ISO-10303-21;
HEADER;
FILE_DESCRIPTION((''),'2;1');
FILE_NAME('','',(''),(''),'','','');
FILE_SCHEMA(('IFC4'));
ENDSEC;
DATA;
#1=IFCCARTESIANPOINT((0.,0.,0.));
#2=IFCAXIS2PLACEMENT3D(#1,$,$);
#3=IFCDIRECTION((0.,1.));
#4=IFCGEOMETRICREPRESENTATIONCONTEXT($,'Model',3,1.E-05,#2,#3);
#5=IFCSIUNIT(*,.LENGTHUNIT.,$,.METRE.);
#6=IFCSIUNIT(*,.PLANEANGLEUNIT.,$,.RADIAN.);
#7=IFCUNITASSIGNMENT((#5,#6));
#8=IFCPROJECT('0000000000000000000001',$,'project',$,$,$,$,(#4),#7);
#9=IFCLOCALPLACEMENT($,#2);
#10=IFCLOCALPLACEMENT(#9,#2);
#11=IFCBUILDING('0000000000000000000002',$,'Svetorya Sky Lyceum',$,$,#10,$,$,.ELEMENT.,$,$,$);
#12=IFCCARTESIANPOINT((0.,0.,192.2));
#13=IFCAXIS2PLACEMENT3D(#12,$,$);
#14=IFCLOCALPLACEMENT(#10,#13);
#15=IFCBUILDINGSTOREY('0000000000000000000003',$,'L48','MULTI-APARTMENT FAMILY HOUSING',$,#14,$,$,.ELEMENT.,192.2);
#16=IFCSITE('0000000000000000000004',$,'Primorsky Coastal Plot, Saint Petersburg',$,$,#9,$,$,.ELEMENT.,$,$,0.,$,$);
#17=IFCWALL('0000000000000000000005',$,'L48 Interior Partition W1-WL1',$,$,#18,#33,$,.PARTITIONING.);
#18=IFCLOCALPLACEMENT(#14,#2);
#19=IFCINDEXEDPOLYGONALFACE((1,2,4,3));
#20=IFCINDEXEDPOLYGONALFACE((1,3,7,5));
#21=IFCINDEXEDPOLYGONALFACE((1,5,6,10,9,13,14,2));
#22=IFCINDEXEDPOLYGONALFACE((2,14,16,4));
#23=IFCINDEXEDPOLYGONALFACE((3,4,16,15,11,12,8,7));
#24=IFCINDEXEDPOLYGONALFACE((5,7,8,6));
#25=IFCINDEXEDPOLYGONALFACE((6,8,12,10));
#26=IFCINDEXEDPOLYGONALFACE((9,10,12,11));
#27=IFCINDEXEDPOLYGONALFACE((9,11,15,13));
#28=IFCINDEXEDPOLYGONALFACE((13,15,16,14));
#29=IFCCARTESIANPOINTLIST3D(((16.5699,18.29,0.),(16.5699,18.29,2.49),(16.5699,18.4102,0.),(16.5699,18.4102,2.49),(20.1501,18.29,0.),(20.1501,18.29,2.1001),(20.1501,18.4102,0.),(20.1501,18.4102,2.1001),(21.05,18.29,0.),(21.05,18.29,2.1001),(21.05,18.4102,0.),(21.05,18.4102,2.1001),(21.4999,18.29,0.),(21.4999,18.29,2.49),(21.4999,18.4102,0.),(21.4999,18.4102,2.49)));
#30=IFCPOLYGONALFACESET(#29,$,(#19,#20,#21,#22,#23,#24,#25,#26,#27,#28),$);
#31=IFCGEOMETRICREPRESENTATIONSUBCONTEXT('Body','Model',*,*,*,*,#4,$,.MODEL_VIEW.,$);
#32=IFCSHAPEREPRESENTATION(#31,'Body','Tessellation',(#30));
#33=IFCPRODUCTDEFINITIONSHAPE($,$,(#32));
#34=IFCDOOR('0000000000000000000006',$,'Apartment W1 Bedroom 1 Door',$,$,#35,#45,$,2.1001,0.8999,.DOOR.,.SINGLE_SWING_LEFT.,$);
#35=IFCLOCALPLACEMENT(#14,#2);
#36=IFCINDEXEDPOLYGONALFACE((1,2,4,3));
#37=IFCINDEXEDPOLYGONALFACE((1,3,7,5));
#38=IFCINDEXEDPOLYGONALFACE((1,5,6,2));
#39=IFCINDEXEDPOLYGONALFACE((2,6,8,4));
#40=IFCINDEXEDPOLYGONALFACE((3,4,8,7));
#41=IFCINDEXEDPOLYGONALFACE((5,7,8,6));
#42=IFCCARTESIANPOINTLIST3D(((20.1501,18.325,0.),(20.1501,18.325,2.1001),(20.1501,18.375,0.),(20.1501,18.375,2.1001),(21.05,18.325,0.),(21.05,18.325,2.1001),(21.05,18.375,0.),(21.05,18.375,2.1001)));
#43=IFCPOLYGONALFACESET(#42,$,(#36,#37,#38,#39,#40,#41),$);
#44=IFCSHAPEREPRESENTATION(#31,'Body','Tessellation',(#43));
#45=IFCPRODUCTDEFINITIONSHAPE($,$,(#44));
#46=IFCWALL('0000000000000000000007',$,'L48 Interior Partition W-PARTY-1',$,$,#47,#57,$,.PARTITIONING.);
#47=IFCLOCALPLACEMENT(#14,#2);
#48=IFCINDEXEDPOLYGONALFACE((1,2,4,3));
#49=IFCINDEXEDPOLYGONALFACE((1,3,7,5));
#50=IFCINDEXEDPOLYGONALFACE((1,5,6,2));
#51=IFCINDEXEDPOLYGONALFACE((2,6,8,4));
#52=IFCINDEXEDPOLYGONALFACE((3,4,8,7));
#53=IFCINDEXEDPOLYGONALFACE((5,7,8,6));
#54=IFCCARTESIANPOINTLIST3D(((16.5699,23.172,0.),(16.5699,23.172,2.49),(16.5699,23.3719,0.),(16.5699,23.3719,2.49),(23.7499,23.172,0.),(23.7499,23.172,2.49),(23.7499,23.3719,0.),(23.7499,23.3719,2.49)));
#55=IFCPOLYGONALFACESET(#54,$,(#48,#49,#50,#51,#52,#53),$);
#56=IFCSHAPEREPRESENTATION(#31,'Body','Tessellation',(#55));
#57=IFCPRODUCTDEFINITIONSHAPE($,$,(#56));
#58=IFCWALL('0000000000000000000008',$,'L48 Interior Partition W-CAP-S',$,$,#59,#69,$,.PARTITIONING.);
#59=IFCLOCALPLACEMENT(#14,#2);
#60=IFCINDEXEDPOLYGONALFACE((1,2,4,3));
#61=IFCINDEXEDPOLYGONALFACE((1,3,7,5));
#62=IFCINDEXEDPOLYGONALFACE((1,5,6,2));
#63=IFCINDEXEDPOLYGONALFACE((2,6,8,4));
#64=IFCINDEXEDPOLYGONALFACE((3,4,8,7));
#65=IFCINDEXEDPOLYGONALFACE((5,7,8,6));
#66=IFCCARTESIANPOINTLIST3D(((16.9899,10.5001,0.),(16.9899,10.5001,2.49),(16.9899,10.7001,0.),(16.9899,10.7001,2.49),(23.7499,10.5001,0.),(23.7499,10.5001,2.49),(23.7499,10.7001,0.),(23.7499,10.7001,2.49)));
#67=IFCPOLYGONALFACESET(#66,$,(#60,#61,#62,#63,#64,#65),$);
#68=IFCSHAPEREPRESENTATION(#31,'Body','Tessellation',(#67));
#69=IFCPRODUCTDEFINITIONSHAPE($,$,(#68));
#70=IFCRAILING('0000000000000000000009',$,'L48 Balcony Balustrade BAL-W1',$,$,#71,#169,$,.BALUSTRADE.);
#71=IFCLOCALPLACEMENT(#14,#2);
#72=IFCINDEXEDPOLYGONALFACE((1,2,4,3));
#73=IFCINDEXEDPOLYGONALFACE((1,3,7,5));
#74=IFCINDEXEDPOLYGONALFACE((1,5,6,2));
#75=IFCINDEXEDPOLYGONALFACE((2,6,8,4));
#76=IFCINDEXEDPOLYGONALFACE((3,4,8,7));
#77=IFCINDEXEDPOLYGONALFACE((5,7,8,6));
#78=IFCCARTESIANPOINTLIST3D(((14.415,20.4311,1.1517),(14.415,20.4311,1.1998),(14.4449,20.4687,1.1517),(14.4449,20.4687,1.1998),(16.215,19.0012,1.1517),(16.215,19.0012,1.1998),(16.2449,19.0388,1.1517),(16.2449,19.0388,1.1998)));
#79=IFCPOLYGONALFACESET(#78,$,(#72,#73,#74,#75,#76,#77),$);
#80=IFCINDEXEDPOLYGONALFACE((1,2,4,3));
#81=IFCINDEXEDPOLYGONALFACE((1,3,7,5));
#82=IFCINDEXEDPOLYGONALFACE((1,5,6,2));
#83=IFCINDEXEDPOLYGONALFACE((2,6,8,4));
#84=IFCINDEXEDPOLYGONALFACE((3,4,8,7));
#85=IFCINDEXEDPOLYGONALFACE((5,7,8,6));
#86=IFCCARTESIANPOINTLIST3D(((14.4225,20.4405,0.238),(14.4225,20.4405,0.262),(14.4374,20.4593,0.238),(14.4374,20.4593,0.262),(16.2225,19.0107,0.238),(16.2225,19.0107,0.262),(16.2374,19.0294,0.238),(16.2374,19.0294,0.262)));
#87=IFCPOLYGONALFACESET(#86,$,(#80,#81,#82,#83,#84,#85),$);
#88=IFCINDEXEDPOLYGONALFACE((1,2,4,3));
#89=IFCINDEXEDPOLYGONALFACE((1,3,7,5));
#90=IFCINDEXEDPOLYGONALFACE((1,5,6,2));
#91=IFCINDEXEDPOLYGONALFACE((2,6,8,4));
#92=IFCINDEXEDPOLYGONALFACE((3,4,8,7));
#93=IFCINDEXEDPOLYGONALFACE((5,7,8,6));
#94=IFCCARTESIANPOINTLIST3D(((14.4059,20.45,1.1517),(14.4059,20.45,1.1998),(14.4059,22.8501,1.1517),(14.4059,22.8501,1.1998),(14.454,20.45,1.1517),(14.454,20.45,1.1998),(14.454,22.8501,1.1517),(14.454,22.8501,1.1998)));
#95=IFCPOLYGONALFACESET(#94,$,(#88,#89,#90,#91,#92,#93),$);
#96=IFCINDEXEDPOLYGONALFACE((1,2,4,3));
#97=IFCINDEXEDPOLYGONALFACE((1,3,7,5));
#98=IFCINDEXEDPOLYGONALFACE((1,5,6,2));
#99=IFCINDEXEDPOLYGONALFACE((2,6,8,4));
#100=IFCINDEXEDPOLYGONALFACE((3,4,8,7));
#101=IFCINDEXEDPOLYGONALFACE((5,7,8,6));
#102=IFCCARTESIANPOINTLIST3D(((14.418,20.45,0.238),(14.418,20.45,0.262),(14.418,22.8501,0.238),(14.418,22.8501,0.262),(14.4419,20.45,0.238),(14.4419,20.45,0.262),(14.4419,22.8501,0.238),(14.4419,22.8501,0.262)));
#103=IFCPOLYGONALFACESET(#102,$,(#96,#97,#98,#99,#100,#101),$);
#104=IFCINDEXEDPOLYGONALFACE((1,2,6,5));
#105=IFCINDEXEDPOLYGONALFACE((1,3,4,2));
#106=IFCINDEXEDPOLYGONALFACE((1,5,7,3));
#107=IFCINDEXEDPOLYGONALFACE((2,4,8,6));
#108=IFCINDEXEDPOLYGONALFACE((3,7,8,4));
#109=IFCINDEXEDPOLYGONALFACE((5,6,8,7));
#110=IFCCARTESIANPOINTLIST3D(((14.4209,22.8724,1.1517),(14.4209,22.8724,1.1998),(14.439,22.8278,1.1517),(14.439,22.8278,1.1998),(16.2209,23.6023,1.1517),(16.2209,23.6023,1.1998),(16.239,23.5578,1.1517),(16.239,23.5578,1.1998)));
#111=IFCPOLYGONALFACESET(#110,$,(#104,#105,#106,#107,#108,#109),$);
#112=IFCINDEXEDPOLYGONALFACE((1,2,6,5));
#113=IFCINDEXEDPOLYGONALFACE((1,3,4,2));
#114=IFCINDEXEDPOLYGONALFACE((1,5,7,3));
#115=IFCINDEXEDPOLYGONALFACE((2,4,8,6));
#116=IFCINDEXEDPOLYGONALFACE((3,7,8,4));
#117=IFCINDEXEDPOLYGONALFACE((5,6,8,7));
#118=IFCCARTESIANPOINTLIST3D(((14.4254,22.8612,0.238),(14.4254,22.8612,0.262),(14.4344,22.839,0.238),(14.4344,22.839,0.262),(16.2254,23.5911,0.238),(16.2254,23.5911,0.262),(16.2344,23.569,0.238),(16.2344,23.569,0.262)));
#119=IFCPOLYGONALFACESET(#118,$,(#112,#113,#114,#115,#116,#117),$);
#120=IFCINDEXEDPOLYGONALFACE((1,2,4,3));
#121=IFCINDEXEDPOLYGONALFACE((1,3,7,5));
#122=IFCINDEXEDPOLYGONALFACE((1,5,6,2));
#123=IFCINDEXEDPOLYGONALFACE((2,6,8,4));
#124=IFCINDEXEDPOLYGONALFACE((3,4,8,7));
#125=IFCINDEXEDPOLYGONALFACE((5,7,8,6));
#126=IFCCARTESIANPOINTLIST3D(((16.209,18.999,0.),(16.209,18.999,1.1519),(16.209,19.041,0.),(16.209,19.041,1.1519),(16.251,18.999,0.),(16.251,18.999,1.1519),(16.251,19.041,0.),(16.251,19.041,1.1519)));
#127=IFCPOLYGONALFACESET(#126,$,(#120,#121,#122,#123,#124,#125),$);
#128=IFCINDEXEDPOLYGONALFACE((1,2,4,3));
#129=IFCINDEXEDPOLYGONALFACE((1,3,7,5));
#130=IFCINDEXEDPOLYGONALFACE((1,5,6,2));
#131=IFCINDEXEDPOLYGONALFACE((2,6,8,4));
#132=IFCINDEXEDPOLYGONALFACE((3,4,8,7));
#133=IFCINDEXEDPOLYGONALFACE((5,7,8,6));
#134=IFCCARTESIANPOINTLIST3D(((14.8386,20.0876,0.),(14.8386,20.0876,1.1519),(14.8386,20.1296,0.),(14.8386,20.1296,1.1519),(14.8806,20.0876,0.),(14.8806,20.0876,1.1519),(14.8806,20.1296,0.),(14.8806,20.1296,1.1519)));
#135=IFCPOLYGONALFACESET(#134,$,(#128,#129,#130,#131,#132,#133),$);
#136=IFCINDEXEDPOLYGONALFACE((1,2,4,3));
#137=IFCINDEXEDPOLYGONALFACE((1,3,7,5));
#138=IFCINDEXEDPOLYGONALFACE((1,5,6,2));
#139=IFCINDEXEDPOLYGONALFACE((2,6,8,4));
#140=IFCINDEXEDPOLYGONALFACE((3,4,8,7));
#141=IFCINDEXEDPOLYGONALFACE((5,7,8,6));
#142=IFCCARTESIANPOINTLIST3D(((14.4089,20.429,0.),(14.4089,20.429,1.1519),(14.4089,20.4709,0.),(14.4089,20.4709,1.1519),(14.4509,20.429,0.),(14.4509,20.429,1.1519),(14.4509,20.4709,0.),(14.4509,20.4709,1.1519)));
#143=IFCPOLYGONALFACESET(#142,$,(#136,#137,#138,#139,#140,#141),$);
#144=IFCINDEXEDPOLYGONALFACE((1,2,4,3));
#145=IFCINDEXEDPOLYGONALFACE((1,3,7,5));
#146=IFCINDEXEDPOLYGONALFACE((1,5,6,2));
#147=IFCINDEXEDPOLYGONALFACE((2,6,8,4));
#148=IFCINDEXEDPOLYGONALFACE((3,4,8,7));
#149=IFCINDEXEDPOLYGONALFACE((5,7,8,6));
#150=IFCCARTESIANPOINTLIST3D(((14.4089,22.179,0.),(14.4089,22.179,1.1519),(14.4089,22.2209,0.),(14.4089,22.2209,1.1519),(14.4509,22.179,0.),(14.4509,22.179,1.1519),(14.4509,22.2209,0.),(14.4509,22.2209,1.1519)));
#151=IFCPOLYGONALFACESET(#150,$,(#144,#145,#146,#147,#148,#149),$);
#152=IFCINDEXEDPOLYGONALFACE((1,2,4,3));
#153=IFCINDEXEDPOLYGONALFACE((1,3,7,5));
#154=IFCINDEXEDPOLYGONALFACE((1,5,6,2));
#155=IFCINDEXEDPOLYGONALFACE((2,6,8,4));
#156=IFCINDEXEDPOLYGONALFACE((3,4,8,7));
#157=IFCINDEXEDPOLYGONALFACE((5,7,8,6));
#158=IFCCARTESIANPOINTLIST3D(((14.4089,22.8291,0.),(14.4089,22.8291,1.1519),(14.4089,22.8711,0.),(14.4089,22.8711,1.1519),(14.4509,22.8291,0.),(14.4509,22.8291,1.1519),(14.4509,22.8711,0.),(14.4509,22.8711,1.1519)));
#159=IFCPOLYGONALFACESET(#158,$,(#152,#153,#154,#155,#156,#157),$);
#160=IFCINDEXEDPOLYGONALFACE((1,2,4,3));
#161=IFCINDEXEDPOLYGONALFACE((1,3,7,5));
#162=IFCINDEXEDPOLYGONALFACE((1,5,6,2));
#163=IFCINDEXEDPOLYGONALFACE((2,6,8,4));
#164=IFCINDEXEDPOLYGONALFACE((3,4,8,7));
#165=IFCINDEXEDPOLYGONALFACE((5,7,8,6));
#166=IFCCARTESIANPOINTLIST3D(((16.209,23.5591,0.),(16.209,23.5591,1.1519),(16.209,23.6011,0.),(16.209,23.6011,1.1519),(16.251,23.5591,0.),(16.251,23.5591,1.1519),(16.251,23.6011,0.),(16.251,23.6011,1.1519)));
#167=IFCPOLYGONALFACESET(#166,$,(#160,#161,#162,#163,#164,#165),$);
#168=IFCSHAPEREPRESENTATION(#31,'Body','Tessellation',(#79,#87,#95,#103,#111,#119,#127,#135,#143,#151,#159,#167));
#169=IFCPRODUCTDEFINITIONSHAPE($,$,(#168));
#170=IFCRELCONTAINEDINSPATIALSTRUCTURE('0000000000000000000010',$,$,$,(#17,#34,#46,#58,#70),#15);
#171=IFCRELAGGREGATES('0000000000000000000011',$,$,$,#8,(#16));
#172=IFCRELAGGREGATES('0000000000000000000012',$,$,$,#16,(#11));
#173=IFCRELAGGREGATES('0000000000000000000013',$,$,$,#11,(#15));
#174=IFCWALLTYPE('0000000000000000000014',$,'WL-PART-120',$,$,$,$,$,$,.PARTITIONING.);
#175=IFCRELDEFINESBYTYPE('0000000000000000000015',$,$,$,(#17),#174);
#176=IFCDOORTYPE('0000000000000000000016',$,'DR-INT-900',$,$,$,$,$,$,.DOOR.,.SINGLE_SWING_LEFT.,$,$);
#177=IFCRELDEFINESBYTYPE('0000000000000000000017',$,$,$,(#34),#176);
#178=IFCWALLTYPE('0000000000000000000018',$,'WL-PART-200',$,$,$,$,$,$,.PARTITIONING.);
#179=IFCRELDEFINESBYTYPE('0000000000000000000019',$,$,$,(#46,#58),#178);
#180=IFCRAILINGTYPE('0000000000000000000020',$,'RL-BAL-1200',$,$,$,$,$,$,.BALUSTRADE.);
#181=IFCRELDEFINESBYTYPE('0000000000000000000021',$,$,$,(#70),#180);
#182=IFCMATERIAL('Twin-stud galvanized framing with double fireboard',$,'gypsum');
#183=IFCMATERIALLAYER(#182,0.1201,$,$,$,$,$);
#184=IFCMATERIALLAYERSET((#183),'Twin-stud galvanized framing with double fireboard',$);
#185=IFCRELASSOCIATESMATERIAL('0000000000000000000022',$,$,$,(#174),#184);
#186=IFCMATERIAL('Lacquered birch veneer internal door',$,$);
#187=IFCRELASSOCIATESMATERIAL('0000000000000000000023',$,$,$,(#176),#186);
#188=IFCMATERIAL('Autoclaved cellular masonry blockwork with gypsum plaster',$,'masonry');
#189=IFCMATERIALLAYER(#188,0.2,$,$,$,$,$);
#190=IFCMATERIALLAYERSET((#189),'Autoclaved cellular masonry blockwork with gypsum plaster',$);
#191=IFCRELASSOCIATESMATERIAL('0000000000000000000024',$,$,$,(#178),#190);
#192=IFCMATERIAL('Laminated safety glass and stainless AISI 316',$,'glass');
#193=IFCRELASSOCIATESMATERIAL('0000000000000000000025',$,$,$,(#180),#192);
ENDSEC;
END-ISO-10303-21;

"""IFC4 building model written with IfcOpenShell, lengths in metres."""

from ifc_helpers import new_model, si_unit, direction, frame, frame_2d, origin, origin_2d, place, context, subcontext, project, spatial, rectangle, extrude, material, layer, layer_set, type_object, element, fill, save


model = new_model("IFC4")

# Units and contexts
model_context = context("Model", 3, precision=1e-05, world=origin(), true_north=direction((0.0, 1.0)))
body_context = subcontext(model_context, "Body", "Model", "MODEL_VIEW")
ifc_project = project(units=[si_unit("LENGTHUNIT", "METRE"), si_unit("PLANEANGLEUNIT", "RADIAN")], contexts=[model_context])

# Site, building, storey
site_placement = place(None, origin())
site = spatial("IfcSite", under=ifc_project, at=site_placement, Name="Primorsky Coastal Plot, Saint Petersburg", CompositionType="ELEMENT", RefElevation=0.0)
building_placement = place(site_placement, origin())
building = spatial("IfcBuilding", under=site, at=building_placement, Name="Svetorya Sky Lyceum", CompositionType="ELEMENT")
storey_placement = place(building_placement, frame((0.0, 0.0, 192.2)))
storey = spatial("IfcBuildingStorey", under=building, at=storey_placement, Name="L48", Description="MULTI-APARTMENT FAMILY HOUSING", CompositionType="ELEMENT", Elevation=192.2)

# Wall, opening, door
ifc_material_1 = material(Name="Twin-stud galvanized framing with double fireboard", Category="gypsum")
ifc_layer_1 = layer(ifc_material_1, 0.1201)
ifc_layer_set_1 = layer_set([ifc_layer_1], Name="Twin-stud galvanized framing with double fireboard")
wall_type_1 = type_object("IfcWallType", Name="WL-PART-120", PredefinedType="PARTITIONING", material=ifc_layer_set_1)
wall_1_placement = place(storey_placement, frame((16.5701, 18.3501, 0.0), z_axis=(0.0, 0.0, 1.0), x_axis=(1.0, 0.0, 0.0)))
wall_1 = element("IfcWall", 1, at=wall_1_placement, inside=storey, type_object=wall_type_1, Name="L48 Interior Partition W1-WL1", PredefinedType="PARTITIONING", context=body_context, shape_type="SweptSolid", body=[
    extrude(rectangle(XDim=4.9299, YDim=0.1201, at=frame_2d((2.4648, 0.0))), origin(), (0.0, 0.0, 1.0), 2.49),
])
opening_placement = place(wall_1_placement, frame((3.5801, 0.0, 0.0)))
opening = element("IfcOpeningElement", 2, at=opening_placement, cuts=wall_1, PredefinedType="OPENING", context=body_context, shape_type="SweptSolid", body=[
    extrude(rectangle(XDim=0.8999, YDim=2.1001, at=frame_2d((0.45, 1.05))), frame((0.0, 0.0701, 0.0), z_axis=(0.0, -1.0, 0.0), x_axis=(1.0, 0.0, 0.0)), (0.0, 0.0, 1.0), 0.1401),
])
ifc_material_2 = material(Name="Lacquered birch veneer internal door")
door_type = type_object("IfcDoorType", Name="DR-INT-900", OperationType="SINGLE_SWING_LEFT", PredefinedType="DOOR", material=ifc_material_2)
door_placement = place(opening_placement, origin())
door = element("IfcDoor", 3, at=door_placement, inside=storey, type_object=door_type, Name="Apartment W1 Bedroom 1 Door", OperationType="SINGLE_SWING_LEFT", OverallHeight=2.1001, OverallWidth=0.8999, PredefinedType="DOOR", context=body_context, shape_type="SweptSolid", body=[
    extrude(rectangle(XDim=0.8999, YDim=2.1001, at=frame_2d((0.45, 1.05))), frame((0.0, 0.0249, 0.0), z_axis=(0.0, -1.0, 0.0), x_axis=(1.0, 0.0, 0.0)), (0.0, 0.0, 1.0), 0.05),
])
fill(opening, door)

# Walls
ifc_material_3 = material(Name="Autoclaved cellular masonry blockwork with gypsum plaster", Category="masonry")
ifc_layer_2 = layer(ifc_material_3, 0.2)
ifc_layer_set_2 = layer_set([ifc_layer_2], Name="Autoclaved cellular masonry blockwork with gypsum plaster")
wall_type_2 = type_object("IfcWallType", Name="WL-PART-200", PredefinedType="PARTITIONING", material=ifc_layer_set_2)
wall_2_placement = place(storey_placement, frame((16.5701, 23.272, 0.0), z_axis=(0.0, 0.0, 1.0), x_axis=(1.0, 0.0, 0.0)))
element("IfcWall", 4, at=wall_2_placement, inside=storey, type_object=wall_type_2, Name="L48 Interior Partition W-PARTY-1", PredefinedType="PARTITIONING", context=body_context, shape_type="SweptSolid", body=[
    extrude(rectangle(XDim=7.1799, YDim=0.2, at=frame_2d((3.5898, 0.0))), origin(), (0.0, 0.0, 1.0), 2.49),
])
wall_3_placement = place(storey_placement, frame((16.99, 10.6001, 0.0), z_axis=(0.0, 0.0, 1.0), x_axis=(1.0, 0.0, 0.0)))
element("IfcWall", 5, at=wall_3_placement, inside=storey, type_object=wall_type_2, Name="L48 Interior Partition W-CAP-S", PredefinedType="PARTITIONING", context=body_context, shape_type="SweptSolid", body=[
    extrude(rectangle(XDim=6.76, YDim=0.2, at=frame_2d((3.3799, 0.0))), origin(), (0.0, 0.0, 1.0), 2.49),
])

# Railing
ifc_material_4 = material(Name="Laminated safety glass and stainless AISI 316", Category="glass")
railing_type = type_object("IfcRailingType", Name="RL-BAL-1200", PredefinedType="BALUSTRADE", material=ifc_material_4)
railing_placement = place(storey_placement, frame((16.23, 19.02, 0.0)))
element("IfcRailing", 6, at=railing_placement, inside=storey, type_object=railing_type, Name="L48 Balcony Balustrade BAL-W1", PredefinedType="BALUSTRADE", context=body_context, shape_type="SweptSolid", body=[
    extrude(rectangle(XDim=0.0481, YDim=0.0481, at=origin_2d()), frame((0.0, 0.0, 1.1758), z_axis=(-0.783009, 0.62201, 0.0), x_axis=(-0.62201, -0.783009, 0.0)), (0.0, 0.0, 1.0), 2.2988),
    extrude(rectangle(XDim=0.0239, YDim=0.0239, at=origin_2d()), frame((0.0, 0.0, 0.25), z_axis=(-0.783009, 0.62201, 0.0), x_axis=(-0.62201, -0.783009, 0.0)), (0.0, 0.0, 1.0), 2.2988),
    extrude(rectangle(XDim=0.0481, YDim=0.0481, at=origin_2d()), frame((-1.8, 1.4299, 1.1758), z_axis=(0.0, 1.0, 0.0), x_axis=(-1.0, 0.0, 0.0)), (0.0, 0.0, 1.0), 2.4001),
    extrude(rectangle(XDim=0.0239, YDim=0.0239, at=origin_2d()), frame((-1.8, 1.4299, 0.25), z_axis=(0.0, 1.0, 0.0), x_axis=(-1.0, 0.0, 0.0)), (0.0, 0.0, 1.0), 2.4001),
    extrude(rectangle(XDim=0.0481, YDim=0.0481, at=origin_2d()), frame((-1.8, 3.8301, 1.1758), z_axis=(0.926698, 0.375807, 0.0), x_axis=(-0.375807, 0.926698, 0.0)), (0.0, 0.0, 1.0), 1.9424),
    extrude(rectangle(XDim=0.0239, YDim=0.0239, at=origin_2d()), frame((-1.8, 3.8301, 0.25), z_axis=(0.926698, 0.375807, 0.0), x_axis=(-0.375807, 0.926698, 0.0)), (0.0, 0.0, 1.0), 1.9424),
    extrude(rectangle(XDim=0.042, YDim=0.042, at=origin_2d()), origin(), (0.0, 0.0, 1.0), 1.1519),
    extrude(rectangle(XDim=0.042, YDim=0.042, at=origin_2d()), frame((-1.3704, 1.0886, 0.0)), (0.0, 0.0, 1.0), 1.1519),
    extrude(rectangle(XDim=0.042, YDim=0.042, at=origin_2d()), frame((-1.8, 1.4299, 0.0)), (0.0, 0.0, 1.0), 1.1519),
    extrude(rectangle(XDim=0.042, YDim=0.042, at=origin_2d()), frame((-1.8, 3.1799, 0.0)), (0.0, 0.0, 1.0), 1.1519),
    extrude(rectangle(XDim=0.042, YDim=0.042, at=origin_2d()), frame((-1.8, 3.8301, 0.0)), (0.0, 0.0, 1.0), 1.1519),
    extrude(rectangle(XDim=0.042, YDim=0.042, at=origin_2d()), frame((0.0, 4.5601, 0.0)), (0.0, 0.0, 1.0), 1.1519),
])

save(model, "model.ifc")
